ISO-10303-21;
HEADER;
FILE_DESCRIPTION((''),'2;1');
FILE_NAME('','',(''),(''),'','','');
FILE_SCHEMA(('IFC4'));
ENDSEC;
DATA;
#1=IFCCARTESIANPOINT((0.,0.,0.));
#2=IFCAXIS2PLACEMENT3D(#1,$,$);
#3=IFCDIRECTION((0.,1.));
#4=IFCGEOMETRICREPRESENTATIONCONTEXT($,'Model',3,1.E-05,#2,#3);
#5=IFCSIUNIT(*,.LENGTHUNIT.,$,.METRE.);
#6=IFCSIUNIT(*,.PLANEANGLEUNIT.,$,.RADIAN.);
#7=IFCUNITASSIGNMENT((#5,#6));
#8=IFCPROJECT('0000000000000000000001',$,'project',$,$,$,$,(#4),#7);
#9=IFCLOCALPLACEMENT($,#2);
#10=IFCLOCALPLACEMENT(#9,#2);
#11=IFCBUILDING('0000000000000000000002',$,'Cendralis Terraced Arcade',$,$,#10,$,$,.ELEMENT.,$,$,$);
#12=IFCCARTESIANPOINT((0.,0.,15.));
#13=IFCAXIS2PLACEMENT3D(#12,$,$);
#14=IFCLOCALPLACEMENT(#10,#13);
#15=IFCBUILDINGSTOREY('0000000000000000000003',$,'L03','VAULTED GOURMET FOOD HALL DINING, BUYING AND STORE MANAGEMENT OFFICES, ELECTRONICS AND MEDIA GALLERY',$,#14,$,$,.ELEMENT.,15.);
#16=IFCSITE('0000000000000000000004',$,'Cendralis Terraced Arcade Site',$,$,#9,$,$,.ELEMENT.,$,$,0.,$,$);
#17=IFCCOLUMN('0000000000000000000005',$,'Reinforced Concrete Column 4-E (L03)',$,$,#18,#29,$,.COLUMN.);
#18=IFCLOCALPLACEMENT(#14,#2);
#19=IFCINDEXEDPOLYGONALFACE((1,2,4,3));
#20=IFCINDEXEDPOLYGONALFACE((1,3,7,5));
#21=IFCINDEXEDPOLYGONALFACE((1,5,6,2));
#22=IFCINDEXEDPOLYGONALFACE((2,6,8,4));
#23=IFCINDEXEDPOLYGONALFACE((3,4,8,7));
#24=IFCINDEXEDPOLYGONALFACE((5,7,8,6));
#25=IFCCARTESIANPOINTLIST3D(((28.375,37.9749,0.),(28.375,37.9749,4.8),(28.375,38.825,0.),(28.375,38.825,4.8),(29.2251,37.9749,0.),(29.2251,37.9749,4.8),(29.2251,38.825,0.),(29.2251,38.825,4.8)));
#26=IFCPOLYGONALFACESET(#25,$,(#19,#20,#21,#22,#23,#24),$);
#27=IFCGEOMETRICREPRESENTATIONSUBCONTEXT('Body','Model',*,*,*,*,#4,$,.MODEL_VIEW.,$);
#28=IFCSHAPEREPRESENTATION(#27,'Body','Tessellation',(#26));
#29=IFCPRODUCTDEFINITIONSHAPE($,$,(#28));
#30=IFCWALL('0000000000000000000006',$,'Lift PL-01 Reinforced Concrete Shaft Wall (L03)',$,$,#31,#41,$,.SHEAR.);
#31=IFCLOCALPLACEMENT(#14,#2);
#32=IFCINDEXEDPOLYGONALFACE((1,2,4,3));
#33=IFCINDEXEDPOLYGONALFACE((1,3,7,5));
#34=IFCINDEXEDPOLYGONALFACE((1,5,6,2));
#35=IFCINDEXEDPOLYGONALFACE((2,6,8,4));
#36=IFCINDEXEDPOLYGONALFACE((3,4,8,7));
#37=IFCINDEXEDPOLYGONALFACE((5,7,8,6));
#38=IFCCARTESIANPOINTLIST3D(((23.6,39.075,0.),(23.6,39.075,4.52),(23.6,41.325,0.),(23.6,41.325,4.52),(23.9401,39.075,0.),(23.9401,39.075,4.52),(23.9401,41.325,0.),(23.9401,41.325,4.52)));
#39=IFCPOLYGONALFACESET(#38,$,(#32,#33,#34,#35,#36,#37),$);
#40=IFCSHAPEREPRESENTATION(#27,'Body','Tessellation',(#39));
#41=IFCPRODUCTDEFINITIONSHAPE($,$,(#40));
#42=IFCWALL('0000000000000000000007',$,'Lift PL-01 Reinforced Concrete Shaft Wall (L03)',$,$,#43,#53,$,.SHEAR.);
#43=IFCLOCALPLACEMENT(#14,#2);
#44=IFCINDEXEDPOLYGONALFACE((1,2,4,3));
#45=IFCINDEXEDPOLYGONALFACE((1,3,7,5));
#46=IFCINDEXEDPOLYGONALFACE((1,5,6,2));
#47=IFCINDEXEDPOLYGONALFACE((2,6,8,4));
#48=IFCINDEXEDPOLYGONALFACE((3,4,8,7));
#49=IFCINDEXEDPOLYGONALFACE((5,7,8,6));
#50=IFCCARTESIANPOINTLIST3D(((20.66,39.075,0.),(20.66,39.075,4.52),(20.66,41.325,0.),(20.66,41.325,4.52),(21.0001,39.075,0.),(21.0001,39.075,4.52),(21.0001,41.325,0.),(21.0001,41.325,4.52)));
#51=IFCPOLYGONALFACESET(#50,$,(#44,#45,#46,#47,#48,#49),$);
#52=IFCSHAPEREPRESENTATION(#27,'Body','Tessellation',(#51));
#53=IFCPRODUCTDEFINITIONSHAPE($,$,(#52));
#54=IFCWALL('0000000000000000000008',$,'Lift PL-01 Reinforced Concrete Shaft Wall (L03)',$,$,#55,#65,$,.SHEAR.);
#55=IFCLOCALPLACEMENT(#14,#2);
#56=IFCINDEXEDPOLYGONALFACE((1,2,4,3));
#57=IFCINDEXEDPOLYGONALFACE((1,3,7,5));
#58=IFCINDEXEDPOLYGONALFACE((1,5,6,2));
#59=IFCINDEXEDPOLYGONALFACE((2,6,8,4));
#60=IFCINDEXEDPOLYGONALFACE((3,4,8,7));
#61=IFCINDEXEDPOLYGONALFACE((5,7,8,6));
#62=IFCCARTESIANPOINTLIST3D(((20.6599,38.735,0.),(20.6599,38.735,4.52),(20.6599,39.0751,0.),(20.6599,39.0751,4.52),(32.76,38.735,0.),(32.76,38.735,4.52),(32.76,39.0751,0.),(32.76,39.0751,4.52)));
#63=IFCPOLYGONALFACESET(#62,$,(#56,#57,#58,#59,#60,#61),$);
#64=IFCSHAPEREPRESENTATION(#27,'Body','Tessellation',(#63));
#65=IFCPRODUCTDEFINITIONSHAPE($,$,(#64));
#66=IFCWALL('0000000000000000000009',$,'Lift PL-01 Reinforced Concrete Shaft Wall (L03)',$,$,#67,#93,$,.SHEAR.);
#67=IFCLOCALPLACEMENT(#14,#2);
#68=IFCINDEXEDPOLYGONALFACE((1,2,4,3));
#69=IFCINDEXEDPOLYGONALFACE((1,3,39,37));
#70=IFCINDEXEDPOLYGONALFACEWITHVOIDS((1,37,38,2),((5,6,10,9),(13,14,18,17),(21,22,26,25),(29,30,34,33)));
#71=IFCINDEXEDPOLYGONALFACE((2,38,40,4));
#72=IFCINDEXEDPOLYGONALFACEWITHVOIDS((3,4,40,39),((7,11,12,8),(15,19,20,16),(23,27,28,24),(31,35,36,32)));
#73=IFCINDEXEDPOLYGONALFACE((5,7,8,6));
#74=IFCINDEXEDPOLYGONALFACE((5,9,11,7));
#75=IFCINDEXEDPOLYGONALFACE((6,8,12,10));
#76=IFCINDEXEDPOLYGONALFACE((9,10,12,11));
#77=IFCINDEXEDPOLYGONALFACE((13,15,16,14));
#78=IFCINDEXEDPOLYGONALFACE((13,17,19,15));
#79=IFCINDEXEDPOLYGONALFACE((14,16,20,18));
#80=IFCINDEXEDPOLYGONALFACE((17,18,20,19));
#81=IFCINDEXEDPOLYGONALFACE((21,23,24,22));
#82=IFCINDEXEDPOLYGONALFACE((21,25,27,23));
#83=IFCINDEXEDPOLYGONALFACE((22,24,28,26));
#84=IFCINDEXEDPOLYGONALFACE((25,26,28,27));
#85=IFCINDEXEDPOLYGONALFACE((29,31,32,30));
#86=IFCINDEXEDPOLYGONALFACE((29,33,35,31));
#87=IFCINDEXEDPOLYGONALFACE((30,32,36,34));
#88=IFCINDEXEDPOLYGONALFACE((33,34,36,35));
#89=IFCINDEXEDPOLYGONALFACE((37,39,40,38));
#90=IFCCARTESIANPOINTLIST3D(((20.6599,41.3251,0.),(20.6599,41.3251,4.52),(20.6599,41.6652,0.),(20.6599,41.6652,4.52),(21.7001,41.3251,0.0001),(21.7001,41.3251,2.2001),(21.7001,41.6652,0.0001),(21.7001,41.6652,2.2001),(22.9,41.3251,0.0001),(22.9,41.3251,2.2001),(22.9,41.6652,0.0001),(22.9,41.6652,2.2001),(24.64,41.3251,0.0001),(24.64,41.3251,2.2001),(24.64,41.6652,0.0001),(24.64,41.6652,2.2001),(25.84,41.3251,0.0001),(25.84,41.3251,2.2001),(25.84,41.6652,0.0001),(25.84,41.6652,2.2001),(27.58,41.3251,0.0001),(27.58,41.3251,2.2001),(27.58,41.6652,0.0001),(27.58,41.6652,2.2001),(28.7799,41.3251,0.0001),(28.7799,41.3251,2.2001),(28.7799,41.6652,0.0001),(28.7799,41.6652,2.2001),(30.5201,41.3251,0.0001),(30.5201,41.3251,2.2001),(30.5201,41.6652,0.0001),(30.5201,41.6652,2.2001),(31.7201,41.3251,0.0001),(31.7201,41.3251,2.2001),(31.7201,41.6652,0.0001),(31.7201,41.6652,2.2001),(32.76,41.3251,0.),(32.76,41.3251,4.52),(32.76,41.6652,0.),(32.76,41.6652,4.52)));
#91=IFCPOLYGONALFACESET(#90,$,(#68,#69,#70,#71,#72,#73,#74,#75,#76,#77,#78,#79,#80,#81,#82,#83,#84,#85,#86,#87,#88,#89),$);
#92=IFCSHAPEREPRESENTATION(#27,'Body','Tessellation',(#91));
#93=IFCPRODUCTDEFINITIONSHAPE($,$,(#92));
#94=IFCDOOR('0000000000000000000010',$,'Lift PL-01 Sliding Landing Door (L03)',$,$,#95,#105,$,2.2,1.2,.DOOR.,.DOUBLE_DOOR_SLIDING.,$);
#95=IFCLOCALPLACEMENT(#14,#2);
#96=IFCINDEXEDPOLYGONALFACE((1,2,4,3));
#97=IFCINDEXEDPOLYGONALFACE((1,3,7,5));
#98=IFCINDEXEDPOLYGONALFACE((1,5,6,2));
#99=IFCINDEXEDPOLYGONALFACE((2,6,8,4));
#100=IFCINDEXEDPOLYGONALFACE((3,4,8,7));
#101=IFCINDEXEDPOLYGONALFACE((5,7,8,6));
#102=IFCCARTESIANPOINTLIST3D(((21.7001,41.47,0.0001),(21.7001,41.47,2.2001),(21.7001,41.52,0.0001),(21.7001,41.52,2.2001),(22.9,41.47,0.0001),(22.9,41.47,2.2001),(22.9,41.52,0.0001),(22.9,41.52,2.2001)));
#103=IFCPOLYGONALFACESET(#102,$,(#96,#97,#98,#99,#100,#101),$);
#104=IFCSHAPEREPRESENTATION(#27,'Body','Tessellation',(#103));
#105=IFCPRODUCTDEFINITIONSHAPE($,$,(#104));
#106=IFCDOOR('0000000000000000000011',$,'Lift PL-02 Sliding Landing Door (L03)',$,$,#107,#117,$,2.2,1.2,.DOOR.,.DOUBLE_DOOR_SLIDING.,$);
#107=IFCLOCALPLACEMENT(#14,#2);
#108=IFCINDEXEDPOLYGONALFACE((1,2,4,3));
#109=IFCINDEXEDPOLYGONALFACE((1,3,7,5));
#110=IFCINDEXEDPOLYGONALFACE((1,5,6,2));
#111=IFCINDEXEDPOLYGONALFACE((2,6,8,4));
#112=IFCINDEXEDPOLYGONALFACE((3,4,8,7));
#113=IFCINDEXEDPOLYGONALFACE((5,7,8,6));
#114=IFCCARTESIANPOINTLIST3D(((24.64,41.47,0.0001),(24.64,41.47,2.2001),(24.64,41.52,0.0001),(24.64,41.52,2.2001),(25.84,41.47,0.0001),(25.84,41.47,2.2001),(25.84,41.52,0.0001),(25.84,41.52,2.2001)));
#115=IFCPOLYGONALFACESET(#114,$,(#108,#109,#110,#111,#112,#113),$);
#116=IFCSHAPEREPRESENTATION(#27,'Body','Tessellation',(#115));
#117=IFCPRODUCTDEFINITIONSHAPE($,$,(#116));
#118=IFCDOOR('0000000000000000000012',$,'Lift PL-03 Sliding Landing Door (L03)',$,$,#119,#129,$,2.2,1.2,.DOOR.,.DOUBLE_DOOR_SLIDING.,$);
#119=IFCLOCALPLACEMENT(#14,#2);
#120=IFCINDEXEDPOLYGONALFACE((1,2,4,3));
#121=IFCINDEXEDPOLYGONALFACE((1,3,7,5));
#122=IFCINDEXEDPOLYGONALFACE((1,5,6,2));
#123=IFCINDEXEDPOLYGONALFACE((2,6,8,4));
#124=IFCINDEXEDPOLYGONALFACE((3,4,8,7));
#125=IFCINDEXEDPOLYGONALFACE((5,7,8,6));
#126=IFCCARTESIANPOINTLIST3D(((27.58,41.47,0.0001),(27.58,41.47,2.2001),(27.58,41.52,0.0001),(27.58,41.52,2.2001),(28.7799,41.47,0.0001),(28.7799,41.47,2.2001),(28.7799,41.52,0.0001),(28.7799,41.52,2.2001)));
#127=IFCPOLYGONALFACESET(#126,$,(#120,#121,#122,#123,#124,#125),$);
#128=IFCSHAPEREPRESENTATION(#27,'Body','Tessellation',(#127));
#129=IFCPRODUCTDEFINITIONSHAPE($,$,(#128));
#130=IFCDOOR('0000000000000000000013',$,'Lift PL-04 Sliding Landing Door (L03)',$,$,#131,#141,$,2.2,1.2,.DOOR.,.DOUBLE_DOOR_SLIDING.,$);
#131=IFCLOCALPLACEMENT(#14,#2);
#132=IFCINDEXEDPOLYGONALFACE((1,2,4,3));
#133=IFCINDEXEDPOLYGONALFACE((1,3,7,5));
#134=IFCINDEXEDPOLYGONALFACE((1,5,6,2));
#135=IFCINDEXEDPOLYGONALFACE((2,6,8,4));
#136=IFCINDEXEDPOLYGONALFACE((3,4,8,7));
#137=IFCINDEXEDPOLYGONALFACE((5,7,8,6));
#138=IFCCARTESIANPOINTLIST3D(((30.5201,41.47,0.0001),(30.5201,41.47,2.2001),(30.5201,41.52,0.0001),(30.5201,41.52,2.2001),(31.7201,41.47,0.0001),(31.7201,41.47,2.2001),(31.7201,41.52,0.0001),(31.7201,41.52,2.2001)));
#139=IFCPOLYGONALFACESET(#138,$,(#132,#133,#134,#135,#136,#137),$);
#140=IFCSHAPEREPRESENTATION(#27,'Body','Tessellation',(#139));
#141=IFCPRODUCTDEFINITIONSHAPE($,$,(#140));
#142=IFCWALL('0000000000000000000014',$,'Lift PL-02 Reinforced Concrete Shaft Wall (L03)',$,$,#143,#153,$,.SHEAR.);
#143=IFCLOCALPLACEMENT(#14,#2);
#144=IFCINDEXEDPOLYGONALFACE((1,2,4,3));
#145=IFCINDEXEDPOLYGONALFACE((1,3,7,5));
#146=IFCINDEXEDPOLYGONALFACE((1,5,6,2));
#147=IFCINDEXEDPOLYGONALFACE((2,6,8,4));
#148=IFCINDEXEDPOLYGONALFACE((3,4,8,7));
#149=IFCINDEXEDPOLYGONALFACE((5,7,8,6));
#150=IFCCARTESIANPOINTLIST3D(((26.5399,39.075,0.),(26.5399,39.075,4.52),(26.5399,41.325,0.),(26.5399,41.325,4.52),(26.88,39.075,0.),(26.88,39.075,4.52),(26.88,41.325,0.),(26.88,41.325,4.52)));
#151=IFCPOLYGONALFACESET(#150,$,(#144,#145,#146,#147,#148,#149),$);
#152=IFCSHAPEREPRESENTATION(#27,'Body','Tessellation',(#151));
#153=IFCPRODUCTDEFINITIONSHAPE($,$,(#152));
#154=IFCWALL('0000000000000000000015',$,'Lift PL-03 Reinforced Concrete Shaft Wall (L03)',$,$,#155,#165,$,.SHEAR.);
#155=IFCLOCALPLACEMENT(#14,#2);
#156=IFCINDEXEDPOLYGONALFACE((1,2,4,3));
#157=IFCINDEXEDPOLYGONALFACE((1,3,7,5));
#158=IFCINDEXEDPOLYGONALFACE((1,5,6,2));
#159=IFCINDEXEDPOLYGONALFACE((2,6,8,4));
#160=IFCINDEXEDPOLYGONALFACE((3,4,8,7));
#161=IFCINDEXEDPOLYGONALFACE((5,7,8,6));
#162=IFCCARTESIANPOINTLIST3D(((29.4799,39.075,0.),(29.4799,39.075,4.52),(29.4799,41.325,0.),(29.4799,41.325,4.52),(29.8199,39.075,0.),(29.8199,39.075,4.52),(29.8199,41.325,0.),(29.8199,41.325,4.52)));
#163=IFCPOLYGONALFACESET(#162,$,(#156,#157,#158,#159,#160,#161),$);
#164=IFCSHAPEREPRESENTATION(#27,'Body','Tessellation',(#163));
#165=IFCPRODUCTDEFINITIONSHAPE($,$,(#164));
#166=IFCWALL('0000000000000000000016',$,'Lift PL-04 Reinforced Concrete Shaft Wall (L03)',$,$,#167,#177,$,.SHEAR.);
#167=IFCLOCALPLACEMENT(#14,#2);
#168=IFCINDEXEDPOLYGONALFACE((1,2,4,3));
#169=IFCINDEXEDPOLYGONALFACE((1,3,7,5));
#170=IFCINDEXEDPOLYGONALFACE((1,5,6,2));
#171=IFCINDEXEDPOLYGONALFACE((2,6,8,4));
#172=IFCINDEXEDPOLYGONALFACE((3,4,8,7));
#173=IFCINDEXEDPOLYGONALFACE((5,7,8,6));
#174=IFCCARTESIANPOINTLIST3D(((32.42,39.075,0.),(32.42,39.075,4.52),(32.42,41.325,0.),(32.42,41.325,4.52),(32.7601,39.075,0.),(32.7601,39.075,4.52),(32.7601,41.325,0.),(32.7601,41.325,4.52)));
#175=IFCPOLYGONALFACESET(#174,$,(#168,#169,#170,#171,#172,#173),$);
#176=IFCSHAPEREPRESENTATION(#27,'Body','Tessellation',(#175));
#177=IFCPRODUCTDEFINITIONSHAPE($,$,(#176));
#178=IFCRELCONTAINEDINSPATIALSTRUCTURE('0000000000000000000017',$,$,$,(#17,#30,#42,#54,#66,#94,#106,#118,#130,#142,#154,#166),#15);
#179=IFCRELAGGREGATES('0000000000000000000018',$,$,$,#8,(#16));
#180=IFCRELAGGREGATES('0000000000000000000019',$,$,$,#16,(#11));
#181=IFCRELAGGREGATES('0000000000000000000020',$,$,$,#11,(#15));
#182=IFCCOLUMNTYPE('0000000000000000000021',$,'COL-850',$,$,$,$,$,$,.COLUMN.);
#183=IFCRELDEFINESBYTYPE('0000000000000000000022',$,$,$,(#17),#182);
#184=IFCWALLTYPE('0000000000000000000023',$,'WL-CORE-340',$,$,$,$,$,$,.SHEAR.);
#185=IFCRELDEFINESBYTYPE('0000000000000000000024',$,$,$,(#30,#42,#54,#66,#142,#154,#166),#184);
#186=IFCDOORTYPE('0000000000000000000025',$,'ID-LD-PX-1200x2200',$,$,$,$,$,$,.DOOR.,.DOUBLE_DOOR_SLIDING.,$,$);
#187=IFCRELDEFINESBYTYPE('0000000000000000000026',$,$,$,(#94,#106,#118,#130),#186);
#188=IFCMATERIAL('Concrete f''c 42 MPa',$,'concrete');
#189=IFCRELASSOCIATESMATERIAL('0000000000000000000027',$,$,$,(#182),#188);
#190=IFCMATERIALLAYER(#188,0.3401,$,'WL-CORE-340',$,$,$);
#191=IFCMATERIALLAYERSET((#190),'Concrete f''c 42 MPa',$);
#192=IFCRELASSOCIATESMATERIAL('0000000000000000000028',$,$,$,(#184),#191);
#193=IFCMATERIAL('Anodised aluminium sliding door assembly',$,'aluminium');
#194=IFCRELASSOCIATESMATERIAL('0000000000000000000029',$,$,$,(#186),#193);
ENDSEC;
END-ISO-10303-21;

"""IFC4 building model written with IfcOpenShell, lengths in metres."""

from ifc_helpers import new_model, si_unit, direction, frame, frame_2d, origin, origin_2d, place, context, subcontext, project, spatial, rectangle, extrude, material, layer, layer_set, material_profile, profile_set, type_object, element, fill, save


model = new_model("IFC4")

# Units and contexts
model_context = context("Model", 3, precision=1e-05, world=origin(), true_north=direction((0.0, 1.0)))
body_context = subcontext(model_context, "Body", "Model", "MODEL_VIEW")
ifc_project = project(units=[si_unit("LENGTHUNIT", "METRE"), si_unit("PLANEANGLEUNIT", "RADIAN")], contexts=[model_context])

# Site, building, storey
site_placement = place(None, origin())
site = spatial("IfcSite", under=ifc_project, at=site_placement, Name="Cendralis Terraced Arcade Site", CompositionType="ELEMENT", RefElevation=0.0)
building_placement = place(site_placement, origin())
building = spatial("IfcBuilding", under=site, at=building_placement, Name="Cendralis Terraced Arcade", CompositionType="ELEMENT")
storey_placement = place(building_placement, frame((0.0, 0.0, 15.0)))
storey = spatial("IfcBuildingStorey", under=building, at=storey_placement, Name="L03", Description="VAULTED GOURMET FOOD HALL DINING, BUYING AND STORE MANAGEMENT OFFICES, ELECTRONICS AND MEDIA GALLERY", CompositionType="ELEMENT", Elevation=15.0)

# Column
ifc_material_1 = material(Name="Concrete f'c 42 MPa", Category="concrete")
ifc_material_profile = material_profile(ifc_material_1, rectangle(XDim=0.8501, YDim=0.8501, at=origin_2d()), Name="RC-COL-850x850", Category="LoadBearing")
ifc_profile_set = profile_set([ifc_material_profile], Name="Concrete f'c 42 MPa")
column_type = type_object("IfcColumnType", Name="COL-850", PredefinedType="COLUMN", material=ifc_profile_set)
column_placement = place(storey_placement, frame((28.8, 38.3999, 0.0), z_axis=(0.0, 0.0, 1.0), x_axis=(1.0, 0.0, 0.0)))
element("IfcColumn", 1, at=column_placement, inside=storey, type_object=column_type, Name="Reinforced Concrete Column 4-E (L03)", PredefinedType="COLUMN", context=body_context, shape_type="SweptSolid", body=[
    extrude(rectangle(XDim=0.8501, YDim=0.8501, at=origin_2d()), origin(), (0.0, 0.0, 1.0), 4.8),
])

# Walls
ifc_layer_1 = layer(ifc_material_1, 0.3401, Name="WL-CORE-340")
ifc_layer_set_1 = layer_set([ifc_layer_1], Name="Concrete f'c 42 MPa")
wall_type_1 = type_object("IfcWallType", Name="WL-CORE-340", PredefinedType="SHEAR", material=ifc_layer_set_1)
for number, where, z_axis, x_axis, name in (
    (2, (23.77, 39.075, 0.0), (0.0, 0.0, 1.0), (0.0, 1.0, 0.0), "Lift PL-01 Reinforced Concrete Shaft Wall (L03)"),
    (3, (20.8301, 39.075, 0.0), (0.0, 0.0, 1.0), (0.0, 1.0, 0.0), "Lift PL-01 Reinforced Concrete Shaft Wall (L03)"),
):
    element("IfcWall", number, at=place(storey_placement, frame(where, z_axis=z_axis, x_axis=x_axis)), inside=storey, type_object=wall_type_1, Name=name, PredefinedType="SHEAR", context=body_context, shape_type="SweptSolid", body=[
        extrude(rectangle(XDim=2.25, YDim=0.3401, at=frame_2d((1.125, 0.0))), origin(), (0.0, 0.0, 1.0), 4.52),
    ])
wall_1_placement = place(storey_placement, frame((20.6599, 38.905, 0.0), z_axis=(0.0, 0.0, 1.0), x_axis=(1.0, 0.0, 0.0)))
element("IfcWall", 4, at=wall_1_placement, inside=storey, type_object=wall_type_1, Name="Lift PL-01 Reinforced Concrete Shaft Wall (L03)", PredefinedType="SHEAR", context=body_context, shape_type="SweptSolid", body=[
    extrude(rectangle(XDim=12.1001, YDim=0.3401, at=frame_2d((6.05, 0.0))), origin(), (0.0, 0.0, 1.0), 4.52),
])

# Wall, openings, doors
wall_2_placement = place(storey_placement, frame((20.6599, 41.4951, 0.0), z_axis=(0.0, 0.0, 1.0), x_axis=(1.0, 0.0, 0.0)))
wall_2 = element("IfcWall", 5, at=wall_2_placement, inside=storey, type_object=wall_type_1, Name="Lift PL-01 Reinforced Concrete Shaft Wall (L03)", PredefinedType="SHEAR", context=body_context, shape_type="SweptSolid", body=[
    extrude(rectangle(XDim=12.1001, YDim=0.3401, at=frame_2d((6.05, 0.0))), origin(), (0.0, 0.0, 1.0), 4.52),
])
opening_1_placement = place(wall_2_placement, frame((1.04, 0.0, 0.0)))
opening_1 = element("IfcOpeningElement", 6, at=opening_1_placement, cuts=wall_2, PredefinedType="OPENING", context=body_context, shape_type="SweptSolid", body=[
    extrude(rectangle(XDim=1.2, YDim=2.2, at=frame_2d((0.6001, 1.1001))), frame((0.0, 0.1821, 0.0), z_axis=(0.0, -1.0, 0.0), x_axis=(1.0, 0.0, 0.0)), (0.0, 0.0, 1.0), 0.364),
])
opening_2_placement = place(wall_2_placement, frame((3.98, 0.0, 0.0)))
opening_2 = element("IfcOpeningElement", 7, at=opening_2_placement, cuts=wall_2, PredefinedType="OPENING", context=body_context, shape_type="SweptSolid", body=[
    extrude(rectangle(XDim=1.2, YDim=2.2, at=frame_2d((0.6001, 1.1001))), frame((0.0, 0.1821, 0.0), z_axis=(0.0, -1.0, 0.0), x_axis=(1.0, 0.0, 0.0)), (0.0, 0.0, 1.0), 0.364),
])
opening_3_placement = place(wall_2_placement, frame((6.9199, 0.0, 0.0)))
opening_3 = element("IfcOpeningElement", 8, at=opening_3_placement, cuts=wall_2, PredefinedType="OPENING", context=body_context, shape_type="SweptSolid", body=[
    extrude(rectangle(XDim=1.2, YDim=2.2, at=frame_2d((0.6001, 1.1001))), frame((0.0, 0.1821, 0.0), z_axis=(0.0, -1.0, 0.0), x_axis=(1.0, 0.0, 0.0)), (0.0, 0.0, 1.0), 0.364),
])
opening_4_placement = place(wall_2_placement, frame((9.8601, 0.0, 0.0)))
opening_4 = element("IfcOpeningElement", 9, at=opening_4_placement, cuts=wall_2, PredefinedType="OPENING", context=body_context, shape_type="SweptSolid", body=[
    extrude(rectangle(XDim=1.2, YDim=2.2, at=frame_2d((0.6001, 1.1001))), frame((0.0, 0.1821, 0.0), z_axis=(0.0, -1.0, 0.0), x_axis=(1.0, 0.0, 0.0)), (0.0, 0.0, 1.0), 0.364),
])
ifc_material_2 = material(Name="Anodised aluminium sliding door assembly", Category="aluminium")
door_type_1 = type_object("IfcDoorType", Name="ID-LD-PX-1200x2200", OperationType="DOUBLE_DOOR_SLIDING", PredefinedType="DOOR", material=ifc_material_2)
door_1_placement = place(opening_1_placement, origin())
door_1 = element("IfcDoor", 10, at=door_1_placement, inside=storey, type_object=door_type_1, Name="Lift PL-01 Sliding Landing Door (L03)", OperationType="DOUBLE_DOOR_SLIDING", OverallHeight=2.2, OverallWidth=1.2, PredefinedType="DOOR", context=body_context, shape_type="SweptSolid", body=[
    extrude(rectangle(XDim=1.2, YDim=2.2, at=frame_2d((0.6001, 1.1001))), frame((0.0, 0.0249, 0.0), z_axis=(0.0, -1.0, 0.0), x_axis=(1.0, 0.0, 0.0)), (0.0, 0.0, 1.0), 0.05),
])
fill(opening_1, door_1)
door_2_placement = place(opening_2_placement, origin())
door_2 = element("IfcDoor", 11, at=door_2_placement, inside=storey, type_object=door_type_1, Name="Lift PL-02 Sliding Landing Door (L03)", OperationType="DOUBLE_DOOR_SLIDING", OverallHeight=2.2, OverallWidth=1.2, PredefinedType="DOOR", context=body_context, shape_type="SweptSolid", body=[
    extrude(rectangle(XDim=1.2, YDim=2.2, at=frame_2d((0.6001, 1.1001))), frame((0.0, 0.0249, 0.0), z_axis=(0.0, -1.0, 0.0), x_axis=(1.0, 0.0, 0.0)), (0.0, 0.0, 1.0), 0.05),
])
fill(opening_2, door_2)
door_3_placement = place(opening_3_placement, origin())
door_3 = element("IfcDoor", 12, at=door_3_placement, inside=storey, type_object=door_type_1, Name="Lift PL-03 Sliding Landing Door (L03)", OperationType="DOUBLE_DOOR_SLIDING", OverallHeight=2.2, OverallWidth=1.2, PredefinedType="DOOR", context=body_context, shape_type="SweptSolid", body=[
    extrude(rectangle(XDim=1.2, YDim=2.2, at=frame_2d((0.6001, 1.1001))), frame((0.0, 0.0249, 0.0), z_axis=(0.0, -1.0, 0.0), x_axis=(1.0, 0.0, 0.0)), (0.0, 0.0, 1.0), 0.05),
])
fill(opening_3, door_3)
door_4_placement = place(opening_4_placement, origin())
door_4 = element("IfcDoor", 13, at=door_4_placement, inside=storey, type_object=door_type_1, Name="Lift PL-04 Sliding Landing Door (L03)", OperationType="DOUBLE_DOOR_SLIDING", OverallHeight=2.2, OverallWidth=1.2, PredefinedType="DOOR", context=body_context, shape_type="SweptSolid", body=[
    extrude(rectangle(XDim=1.2, YDim=2.2, at=frame_2d((0.6001, 1.1001))), frame((0.0, 0.0249, 0.0), z_axis=(0.0, -1.0, 0.0), x_axis=(1.0, 0.0, 0.0)), (0.0, 0.0, 1.0), 0.05),
])
fill(opening_4, door_4)

# Walls
for number, where, z_axis, x_axis, name in (
    (14, (26.71, 39.075, 0.0), (0.0, 0.0, 1.0), (0.0, 1.0, 0.0), "Lift PL-02 Reinforced Concrete Shaft Wall (L03)"),
    (15, (29.6499, 39.075, 0.0), (0.0, 0.0, 1.0), (0.0, 1.0, 0.0), "Lift PL-03 Reinforced Concrete Shaft Wall (L03)"),
    (16, (32.5901, 39.075, 0.0), (0.0, 0.0, 1.0), (0.0, 1.0, 0.0), "Lift PL-04 Reinforced Concrete Shaft Wall (L03)"),
):
    element("IfcWall", number, at=place(storey_placement, frame(where, z_axis=z_axis, x_axis=x_axis)), inside=storey, type_object=wall_type_1, Name=name, PredefinedType="SHEAR", context=body_context, shape_type="SweptSolid", body=[
        extrude(rectangle(XDim=2.25, YDim=0.3401, at=frame_2d((1.125, 0.0))), origin(), (0.0, 0.0, 1.0), 4.52),
    ])

save(model, "model.ifc")
